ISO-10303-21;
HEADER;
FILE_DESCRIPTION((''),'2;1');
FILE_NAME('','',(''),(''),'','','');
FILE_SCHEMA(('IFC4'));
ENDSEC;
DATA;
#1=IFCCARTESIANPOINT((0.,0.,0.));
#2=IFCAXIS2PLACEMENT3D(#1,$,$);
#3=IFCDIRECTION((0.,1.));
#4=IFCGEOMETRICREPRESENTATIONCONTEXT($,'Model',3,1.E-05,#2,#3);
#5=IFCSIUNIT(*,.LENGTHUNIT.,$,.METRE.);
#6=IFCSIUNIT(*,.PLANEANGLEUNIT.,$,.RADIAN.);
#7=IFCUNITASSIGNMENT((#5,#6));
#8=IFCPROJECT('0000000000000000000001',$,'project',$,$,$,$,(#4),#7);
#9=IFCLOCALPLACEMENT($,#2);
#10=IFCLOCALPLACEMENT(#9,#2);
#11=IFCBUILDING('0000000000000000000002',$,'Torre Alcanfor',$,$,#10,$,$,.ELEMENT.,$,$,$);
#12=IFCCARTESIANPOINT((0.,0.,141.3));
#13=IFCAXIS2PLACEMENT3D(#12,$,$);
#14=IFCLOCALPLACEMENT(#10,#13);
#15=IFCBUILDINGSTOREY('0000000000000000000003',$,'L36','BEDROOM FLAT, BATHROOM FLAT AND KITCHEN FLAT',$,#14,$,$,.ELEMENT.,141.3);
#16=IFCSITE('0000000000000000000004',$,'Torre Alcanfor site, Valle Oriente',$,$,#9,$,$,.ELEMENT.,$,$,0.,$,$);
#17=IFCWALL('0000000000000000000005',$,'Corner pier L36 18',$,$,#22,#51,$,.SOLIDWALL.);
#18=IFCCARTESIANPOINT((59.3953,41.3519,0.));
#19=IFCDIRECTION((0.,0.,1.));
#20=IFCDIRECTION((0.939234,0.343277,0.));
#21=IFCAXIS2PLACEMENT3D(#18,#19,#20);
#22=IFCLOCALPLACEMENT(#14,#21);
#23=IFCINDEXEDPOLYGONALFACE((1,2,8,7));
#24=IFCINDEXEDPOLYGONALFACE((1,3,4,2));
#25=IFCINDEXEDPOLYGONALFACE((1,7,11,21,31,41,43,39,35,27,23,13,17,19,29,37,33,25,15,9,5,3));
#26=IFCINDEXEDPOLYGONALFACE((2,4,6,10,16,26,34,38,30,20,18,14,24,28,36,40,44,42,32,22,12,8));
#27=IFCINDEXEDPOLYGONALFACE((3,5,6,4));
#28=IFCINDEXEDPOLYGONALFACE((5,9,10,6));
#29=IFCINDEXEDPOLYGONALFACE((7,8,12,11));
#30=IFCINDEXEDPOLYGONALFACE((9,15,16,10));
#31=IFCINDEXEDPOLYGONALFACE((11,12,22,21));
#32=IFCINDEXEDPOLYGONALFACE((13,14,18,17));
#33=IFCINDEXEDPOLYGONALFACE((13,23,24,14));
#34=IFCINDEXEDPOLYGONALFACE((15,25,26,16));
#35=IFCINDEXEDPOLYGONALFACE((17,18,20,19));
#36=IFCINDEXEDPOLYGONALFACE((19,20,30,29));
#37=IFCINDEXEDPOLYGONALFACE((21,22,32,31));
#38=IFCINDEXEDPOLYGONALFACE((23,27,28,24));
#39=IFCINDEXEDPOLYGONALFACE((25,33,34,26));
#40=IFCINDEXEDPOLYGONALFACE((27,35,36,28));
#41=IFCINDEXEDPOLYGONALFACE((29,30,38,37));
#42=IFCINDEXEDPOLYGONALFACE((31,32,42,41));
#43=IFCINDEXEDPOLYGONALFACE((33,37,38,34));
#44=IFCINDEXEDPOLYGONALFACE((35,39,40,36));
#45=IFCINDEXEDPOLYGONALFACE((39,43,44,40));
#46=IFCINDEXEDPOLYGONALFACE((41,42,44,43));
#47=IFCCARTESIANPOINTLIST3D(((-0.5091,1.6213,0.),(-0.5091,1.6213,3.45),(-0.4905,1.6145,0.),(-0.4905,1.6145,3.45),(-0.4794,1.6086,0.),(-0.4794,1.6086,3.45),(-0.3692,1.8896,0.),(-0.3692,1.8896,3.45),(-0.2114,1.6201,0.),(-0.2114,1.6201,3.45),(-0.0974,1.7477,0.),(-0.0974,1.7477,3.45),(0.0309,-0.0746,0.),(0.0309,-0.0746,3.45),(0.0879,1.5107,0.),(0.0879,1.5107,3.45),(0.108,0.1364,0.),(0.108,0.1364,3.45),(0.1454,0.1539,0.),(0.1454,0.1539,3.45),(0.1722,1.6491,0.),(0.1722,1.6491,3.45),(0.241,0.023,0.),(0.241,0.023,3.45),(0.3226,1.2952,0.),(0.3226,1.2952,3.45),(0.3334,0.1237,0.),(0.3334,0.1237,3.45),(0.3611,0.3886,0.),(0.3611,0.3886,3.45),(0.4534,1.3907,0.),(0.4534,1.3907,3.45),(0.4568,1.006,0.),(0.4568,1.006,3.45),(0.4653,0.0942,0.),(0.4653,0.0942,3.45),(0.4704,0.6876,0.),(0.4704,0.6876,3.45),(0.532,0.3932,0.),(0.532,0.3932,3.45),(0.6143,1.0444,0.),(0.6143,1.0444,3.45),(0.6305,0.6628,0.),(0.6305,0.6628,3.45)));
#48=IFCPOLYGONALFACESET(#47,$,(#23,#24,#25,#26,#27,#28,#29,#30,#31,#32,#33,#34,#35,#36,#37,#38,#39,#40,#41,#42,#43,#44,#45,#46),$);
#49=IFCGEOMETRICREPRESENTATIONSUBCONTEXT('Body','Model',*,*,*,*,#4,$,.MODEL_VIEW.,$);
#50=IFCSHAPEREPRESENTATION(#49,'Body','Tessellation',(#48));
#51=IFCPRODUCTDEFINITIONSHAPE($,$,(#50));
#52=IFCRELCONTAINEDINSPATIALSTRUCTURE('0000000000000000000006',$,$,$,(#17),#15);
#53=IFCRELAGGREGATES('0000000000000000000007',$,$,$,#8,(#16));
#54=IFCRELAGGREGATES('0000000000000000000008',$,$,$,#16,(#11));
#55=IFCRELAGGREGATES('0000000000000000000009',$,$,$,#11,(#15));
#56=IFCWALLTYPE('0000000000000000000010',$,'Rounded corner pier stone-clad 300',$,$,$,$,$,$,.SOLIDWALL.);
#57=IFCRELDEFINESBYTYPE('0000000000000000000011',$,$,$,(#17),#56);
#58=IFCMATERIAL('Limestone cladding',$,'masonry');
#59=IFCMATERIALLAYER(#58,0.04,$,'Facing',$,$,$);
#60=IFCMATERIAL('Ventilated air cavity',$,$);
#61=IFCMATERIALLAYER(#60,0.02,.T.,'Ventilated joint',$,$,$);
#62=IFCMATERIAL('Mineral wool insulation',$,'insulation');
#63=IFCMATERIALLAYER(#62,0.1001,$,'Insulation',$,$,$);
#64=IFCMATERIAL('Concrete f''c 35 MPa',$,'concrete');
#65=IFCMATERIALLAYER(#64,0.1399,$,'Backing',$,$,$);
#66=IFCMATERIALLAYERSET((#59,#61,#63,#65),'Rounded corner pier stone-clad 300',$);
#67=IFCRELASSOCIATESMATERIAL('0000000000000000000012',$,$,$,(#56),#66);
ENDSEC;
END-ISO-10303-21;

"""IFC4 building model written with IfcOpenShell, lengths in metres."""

from ifc_helpers import new_model, si_unit, direction, frame, origin, place, context, subcontext, project, spatial, polyline, outline, extrude, material, layer, layer_set, type_object, element, save


model = new_model("IFC4")

# Units and contexts
model_context = context("Model", 3, precision=1e-05, world=origin(), true_north=direction((0.0, 1.0)))
body_context = subcontext(model_context, "Body", "Model", "MODEL_VIEW")
ifc_project = project(units=[si_unit("LENGTHUNIT", "METRE"), si_unit("PLANEANGLEUNIT", "RADIAN")], contexts=[model_context])

# Site, building, storey
site_placement = place(None, origin())
site = spatial("IfcSite", under=ifc_project, at=site_placement, Name="Torre Alcanfor site, Valle Oriente", CompositionType="ELEMENT", RefElevation=0.0)
building_placement = place(site_placement, origin())
building = spatial("IfcBuilding", under=site, at=building_placement, Name="Torre Alcanfor", CompositionType="ELEMENT")
storey_placement = place(building_placement, frame((0.0, 0.0, 141.3)))
storey = spatial("IfcBuildingStorey", under=building, at=storey_placement, Name="L36", Description="BEDROOM FLAT, BATHROOM FLAT AND KITCHEN FLAT", CompositionType="ELEMENT", Elevation=141.3)

# Shared definitions
ifc_material_1 = material(Name="Limestone cladding", Category="masonry")
ifc_material_2 = material(Name="Ventilated air cavity")
ifc_material_3 = material(Name="Mineral wool insulation", Category="insulation")
ifc_material_4 = material(Name="Concrete f'c 35 MPa", Category="concrete")

# Wall
ifc_layer_1 = layer(ifc_material_1, 0.04, Name="Facing")
ifc_layer_2 = layer(ifc_material_2, 0.02, ventilated=True, Name="Ventilated joint")
ifc_layer_3 = layer(ifc_material_3, 0.1001, Name="Insulation")
ifc_layer_4 = layer(ifc_material_4, 0.1399, Name="Backing")
ifc_layer_set_1 = layer_set([ifc_layer_1, ifc_layer_2, ifc_layer_3, ifc_layer_4], Name="Rounded corner pier stone-clad 300")
wall_type_1 = type_object("IfcWallType", Name="Rounded corner pier stone-clad 300", PredefinedType="SOLIDWALL", material=ifc_layer_set_1)
wall_1_placement = place(storey_placement, frame((59.3953, 41.3519, 0.0), z_axis=(0.0, 0.0, 1.0), x_axis=(0.939234, 0.343277, 0.0)))
element("IfcWall", 1, at=wall_1_placement, inside=storey, type_object=wall_type_1, Name="Corner pier L36 18", PredefinedType="SOLIDWALL", context=body_context, shape_type="SweptSolid", body=[
    extrude(outline(polyline([(0.532, 0.3932), (0.6305, 0.6628), (0.6143, 1.0444), (0.4534, 1.3907), (0.1722, 1.6491), (-0.0974, 1.7477), (-0.3692, 1.8896), (-0.5091, 1.6213), (-0.4905, 1.6145), (-0.4794, 1.6086), (-0.2114, 1.6201), (0.0879, 1.5107), (0.3226, 1.2952), (0.4568, 1.006), (0.4704, 0.6876), (0.3611, 0.3886), (0.1454, 0.1539), (0.108, 0.1364), (0.0309, -0.0746), (0.241, 0.023), (0.3334, 0.1237), (0.4653, 0.0942), (0.532, 0.3932)])), origin(), (0.0, 0.0, 1.0), 3.45),
])

save(model, "model.ifc")
